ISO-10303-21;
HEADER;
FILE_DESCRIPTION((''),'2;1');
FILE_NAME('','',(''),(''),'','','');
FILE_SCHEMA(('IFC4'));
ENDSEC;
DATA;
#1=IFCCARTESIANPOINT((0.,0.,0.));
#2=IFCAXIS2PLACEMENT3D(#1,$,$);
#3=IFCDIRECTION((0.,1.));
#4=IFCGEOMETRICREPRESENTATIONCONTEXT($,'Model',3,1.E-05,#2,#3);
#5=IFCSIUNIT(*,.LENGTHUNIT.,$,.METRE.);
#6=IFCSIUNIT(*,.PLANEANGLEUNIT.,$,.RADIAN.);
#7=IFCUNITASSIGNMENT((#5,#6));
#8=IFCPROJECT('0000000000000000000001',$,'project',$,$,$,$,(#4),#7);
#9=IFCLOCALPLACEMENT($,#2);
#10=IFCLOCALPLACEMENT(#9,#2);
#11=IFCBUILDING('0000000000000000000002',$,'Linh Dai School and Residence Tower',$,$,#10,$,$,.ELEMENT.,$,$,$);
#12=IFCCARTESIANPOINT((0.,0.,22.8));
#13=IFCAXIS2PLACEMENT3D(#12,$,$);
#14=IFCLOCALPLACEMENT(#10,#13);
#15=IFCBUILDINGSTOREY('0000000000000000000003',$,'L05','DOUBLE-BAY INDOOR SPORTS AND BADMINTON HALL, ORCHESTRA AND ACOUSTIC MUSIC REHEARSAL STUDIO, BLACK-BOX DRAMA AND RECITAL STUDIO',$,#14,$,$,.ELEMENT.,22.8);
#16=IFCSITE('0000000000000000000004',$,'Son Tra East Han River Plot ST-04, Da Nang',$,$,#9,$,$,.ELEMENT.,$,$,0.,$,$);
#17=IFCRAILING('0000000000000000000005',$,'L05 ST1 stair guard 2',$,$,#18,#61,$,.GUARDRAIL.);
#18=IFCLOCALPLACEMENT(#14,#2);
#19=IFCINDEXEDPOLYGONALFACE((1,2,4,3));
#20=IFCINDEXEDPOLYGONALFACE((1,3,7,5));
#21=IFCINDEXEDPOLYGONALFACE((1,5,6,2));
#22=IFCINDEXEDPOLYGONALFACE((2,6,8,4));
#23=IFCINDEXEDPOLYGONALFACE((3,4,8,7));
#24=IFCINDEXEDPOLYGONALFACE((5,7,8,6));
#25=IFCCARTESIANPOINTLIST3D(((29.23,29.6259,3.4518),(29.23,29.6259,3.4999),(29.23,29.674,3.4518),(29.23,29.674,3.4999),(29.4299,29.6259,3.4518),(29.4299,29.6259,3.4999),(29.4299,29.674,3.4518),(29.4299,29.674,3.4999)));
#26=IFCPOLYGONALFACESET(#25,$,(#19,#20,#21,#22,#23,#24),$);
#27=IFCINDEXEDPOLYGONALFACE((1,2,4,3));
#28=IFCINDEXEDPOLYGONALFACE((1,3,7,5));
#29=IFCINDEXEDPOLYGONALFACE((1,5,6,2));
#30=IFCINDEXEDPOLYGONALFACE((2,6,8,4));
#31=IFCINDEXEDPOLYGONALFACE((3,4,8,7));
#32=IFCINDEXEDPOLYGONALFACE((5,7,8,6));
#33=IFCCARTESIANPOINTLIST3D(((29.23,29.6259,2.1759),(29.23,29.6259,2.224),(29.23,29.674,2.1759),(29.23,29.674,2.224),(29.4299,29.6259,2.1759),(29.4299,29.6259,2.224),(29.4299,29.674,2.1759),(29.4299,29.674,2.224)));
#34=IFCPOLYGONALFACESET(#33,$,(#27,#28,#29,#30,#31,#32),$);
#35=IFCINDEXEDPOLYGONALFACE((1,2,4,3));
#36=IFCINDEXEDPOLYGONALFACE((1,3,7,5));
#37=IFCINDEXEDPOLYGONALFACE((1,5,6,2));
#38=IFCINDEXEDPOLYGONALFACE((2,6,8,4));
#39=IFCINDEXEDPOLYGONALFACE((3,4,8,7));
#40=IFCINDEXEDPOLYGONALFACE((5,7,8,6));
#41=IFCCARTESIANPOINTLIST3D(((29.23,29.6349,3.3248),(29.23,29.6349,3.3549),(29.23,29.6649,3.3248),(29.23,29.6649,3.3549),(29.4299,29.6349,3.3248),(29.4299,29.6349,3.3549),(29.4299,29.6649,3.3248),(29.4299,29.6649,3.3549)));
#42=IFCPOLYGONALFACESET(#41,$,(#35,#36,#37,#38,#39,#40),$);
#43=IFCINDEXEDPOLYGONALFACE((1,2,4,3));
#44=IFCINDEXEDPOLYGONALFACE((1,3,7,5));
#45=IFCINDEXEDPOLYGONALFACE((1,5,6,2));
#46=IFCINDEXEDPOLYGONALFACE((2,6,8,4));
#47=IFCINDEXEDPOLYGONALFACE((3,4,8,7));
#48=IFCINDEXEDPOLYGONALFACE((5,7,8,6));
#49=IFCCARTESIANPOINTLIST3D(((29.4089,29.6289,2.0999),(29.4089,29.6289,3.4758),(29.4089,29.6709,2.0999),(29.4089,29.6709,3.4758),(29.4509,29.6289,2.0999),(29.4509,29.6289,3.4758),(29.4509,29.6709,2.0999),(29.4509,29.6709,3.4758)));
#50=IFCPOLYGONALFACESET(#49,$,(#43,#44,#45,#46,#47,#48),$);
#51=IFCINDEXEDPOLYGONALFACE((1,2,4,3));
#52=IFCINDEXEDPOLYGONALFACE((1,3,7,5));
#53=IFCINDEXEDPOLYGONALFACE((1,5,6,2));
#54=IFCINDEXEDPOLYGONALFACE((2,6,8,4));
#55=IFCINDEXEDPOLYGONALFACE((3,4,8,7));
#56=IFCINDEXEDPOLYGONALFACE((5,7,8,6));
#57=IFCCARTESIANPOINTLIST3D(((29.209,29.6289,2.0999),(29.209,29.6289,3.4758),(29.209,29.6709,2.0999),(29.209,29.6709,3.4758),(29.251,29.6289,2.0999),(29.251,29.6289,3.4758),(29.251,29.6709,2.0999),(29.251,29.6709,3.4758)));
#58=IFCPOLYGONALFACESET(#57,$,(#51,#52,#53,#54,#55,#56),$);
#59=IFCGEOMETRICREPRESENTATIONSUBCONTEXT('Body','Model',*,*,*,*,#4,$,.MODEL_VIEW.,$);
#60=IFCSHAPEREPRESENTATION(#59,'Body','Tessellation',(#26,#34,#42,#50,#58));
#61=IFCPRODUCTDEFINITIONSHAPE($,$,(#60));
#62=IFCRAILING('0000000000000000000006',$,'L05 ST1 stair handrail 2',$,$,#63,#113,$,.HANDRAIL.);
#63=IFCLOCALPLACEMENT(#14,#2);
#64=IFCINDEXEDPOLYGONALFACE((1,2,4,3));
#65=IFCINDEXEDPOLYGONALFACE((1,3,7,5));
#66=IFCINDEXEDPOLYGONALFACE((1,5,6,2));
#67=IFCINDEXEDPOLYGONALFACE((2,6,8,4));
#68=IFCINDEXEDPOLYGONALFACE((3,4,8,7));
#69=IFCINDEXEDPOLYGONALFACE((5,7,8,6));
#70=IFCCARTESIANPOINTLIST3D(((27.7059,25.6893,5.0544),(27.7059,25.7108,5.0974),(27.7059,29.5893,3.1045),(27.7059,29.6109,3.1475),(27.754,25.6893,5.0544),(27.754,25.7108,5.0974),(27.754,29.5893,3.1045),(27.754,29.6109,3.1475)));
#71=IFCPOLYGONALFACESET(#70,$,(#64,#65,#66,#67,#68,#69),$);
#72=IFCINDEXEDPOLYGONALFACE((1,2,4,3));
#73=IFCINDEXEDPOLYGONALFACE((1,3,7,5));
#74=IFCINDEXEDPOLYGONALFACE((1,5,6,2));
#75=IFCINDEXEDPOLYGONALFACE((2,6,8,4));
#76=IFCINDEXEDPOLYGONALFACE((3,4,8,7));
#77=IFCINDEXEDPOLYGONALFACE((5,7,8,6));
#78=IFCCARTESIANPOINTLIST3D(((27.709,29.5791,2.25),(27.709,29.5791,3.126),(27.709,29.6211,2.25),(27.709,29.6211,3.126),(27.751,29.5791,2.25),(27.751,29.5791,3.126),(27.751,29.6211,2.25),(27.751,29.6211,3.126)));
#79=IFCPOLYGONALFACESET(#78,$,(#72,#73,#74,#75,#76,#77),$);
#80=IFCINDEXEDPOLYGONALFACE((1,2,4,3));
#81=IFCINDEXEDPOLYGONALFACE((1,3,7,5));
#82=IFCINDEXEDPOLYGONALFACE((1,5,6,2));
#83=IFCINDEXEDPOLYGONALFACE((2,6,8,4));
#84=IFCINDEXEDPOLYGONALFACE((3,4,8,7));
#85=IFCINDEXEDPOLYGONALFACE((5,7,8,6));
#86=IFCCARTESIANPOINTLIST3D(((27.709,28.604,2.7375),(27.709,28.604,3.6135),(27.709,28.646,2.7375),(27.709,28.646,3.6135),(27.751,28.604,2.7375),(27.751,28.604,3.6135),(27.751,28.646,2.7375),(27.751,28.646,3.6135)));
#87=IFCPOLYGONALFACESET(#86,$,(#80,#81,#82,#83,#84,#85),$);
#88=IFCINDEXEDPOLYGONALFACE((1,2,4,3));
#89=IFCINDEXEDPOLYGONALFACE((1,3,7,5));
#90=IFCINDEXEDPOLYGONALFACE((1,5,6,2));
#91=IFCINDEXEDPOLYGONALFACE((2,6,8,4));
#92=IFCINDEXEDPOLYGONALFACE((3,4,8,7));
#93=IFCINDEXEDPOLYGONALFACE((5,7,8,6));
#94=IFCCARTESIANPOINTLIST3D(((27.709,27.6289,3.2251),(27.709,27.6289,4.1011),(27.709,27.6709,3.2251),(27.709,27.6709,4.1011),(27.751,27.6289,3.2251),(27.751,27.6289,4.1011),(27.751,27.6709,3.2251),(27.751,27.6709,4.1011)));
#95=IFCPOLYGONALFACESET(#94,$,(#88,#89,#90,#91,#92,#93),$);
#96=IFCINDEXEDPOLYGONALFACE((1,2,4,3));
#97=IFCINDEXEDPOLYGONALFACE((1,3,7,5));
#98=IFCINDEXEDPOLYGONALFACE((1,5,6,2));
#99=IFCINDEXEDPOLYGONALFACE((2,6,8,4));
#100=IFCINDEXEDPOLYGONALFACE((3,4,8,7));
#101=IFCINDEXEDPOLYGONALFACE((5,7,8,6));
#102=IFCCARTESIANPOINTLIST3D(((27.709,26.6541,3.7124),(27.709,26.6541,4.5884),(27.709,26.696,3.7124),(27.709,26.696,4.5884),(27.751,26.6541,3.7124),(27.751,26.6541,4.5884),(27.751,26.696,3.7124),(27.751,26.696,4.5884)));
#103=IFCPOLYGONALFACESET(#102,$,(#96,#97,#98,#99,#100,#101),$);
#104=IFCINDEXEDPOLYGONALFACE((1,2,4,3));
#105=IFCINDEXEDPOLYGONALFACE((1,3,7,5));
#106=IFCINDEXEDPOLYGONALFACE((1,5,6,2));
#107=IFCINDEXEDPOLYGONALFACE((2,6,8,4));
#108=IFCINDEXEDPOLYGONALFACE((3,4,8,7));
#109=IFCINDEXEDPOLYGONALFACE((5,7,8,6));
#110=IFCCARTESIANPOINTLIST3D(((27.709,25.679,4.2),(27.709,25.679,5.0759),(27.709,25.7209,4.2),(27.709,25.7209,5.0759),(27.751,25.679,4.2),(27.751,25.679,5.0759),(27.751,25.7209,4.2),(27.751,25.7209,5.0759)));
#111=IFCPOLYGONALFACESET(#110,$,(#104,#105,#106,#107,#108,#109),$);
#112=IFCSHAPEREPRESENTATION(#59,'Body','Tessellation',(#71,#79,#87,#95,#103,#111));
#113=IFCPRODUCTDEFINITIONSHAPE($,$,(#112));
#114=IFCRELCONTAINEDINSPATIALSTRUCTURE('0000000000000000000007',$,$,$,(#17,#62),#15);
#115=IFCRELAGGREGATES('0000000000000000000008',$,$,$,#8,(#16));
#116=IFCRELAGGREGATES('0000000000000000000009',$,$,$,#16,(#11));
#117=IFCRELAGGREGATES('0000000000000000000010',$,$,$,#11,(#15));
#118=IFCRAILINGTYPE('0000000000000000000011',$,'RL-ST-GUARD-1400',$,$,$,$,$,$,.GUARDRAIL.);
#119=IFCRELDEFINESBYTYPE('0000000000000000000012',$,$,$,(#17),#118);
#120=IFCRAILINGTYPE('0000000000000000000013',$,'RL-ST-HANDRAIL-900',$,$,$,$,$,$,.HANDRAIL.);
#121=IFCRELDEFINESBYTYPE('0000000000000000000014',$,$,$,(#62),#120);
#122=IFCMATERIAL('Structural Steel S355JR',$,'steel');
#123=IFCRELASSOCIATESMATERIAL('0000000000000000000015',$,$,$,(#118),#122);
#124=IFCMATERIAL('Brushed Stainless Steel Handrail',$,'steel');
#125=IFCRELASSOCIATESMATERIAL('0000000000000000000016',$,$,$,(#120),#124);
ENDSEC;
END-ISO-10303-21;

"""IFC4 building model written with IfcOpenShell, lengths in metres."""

from ifc_helpers import new_model, si_unit, direction, frame, origin, origin_2d, place, context, subcontext, project, spatial, rectangle, extrude, source, transform, mapped, material, type_object, element, save


model = new_model("IFC4")

# Units and contexts
model_context = context("Model", 3, precision=1e-05, world=origin(), true_north=direction((0.0, 1.0)))
body_context = subcontext(model_context, "Body", "Model", "MODEL_VIEW")
ifc_project = project(units=[si_unit("LENGTHUNIT", "METRE"), si_unit("PLANEANGLEUNIT", "RADIAN")], contexts=[model_context])

# Site, building, storey
site_placement = place(None, origin())
site = spatial("IfcSite", under=ifc_project, at=site_placement, Name="Son Tra East Han River Plot ST-04, Da Nang", CompositionType="ELEMENT", RefElevation=0.0)
building_placement = place(site_placement, origin())
building = spatial("IfcBuilding", under=site, at=building_placement, Name="Linh Dai School and Residence Tower", CompositionType="ELEMENT")
storey_placement = place(building_placement, frame((0.0, 0.0, 22.8)))
storey = spatial("IfcBuildingStorey", under=building, at=storey_placement, Name="L05", Description="DOUBLE-BAY INDOOR SPORTS AND BADMINTON HALL, ORCHESTRA AND ACOUSTIC MUSIC REHEARSAL STUDIO, BLACK-BOX DRAMA AND RECITAL STUDIO", CompositionType="ELEMENT", Elevation=22.8)

# Shared definitions
ifc_material_1 = material(Name="Structural Steel S355JR", Category="steel")

# Railings
railing_type_1 = type_object("IfcRailingType", Name="RL-ST-GUARD-1400", PredefinedType="GUARDRAIL", material=ifc_material_1)
shared_shape_1 = source(origin(), body_context, "Body", "SweptSolid", [
    extrude(rectangle(XDim=0.0481, YDim=0.0481, at=origin_2d()), frame((0.0, 0.0, 1.376), z_axis=(-1.0, 0.0, 0.0), x_axis=(0.0, -1.0, 0.0)), (0.0, 0.0, 1.0), 0.2),
    extrude(rectangle(XDim=0.0481, YDim=0.0481, at=origin_2d()), frame((0.0, 0.0, 0.1001), z_axis=(-1.0, 0.0, 0.0), x_axis=(0.0, -1.0, 0.0)), (0.0, 0.0, 1.0), 0.2),
    extrude(rectangle(XDim=0.03, YDim=0.03, at=origin_2d()), frame((0.0, 0.0, 1.24), z_axis=(-1.0, 0.0, 0.0), x_axis=(0.0, -1.0, 0.0)), (0.0, 0.0, 1.0), 0.2),
    extrude(rectangle(XDim=0.042, YDim=0.042, at=origin_2d()), origin(), (0.0, 0.0, 1.0), 1.376),
    extrude(rectangle(XDim=0.042, YDim=0.042, at=origin_2d()), frame((-0.2, 0.0, 0.0)), (0.0, 0.0, 1.0), 1.376),
])
railing_1_placement = place(storey_placement, frame((29.4299, 29.6499, 2.0999)))
element("IfcRailing", 1, at=railing_1_placement, inside=storey, type_object=railing_type_1, Name="L05 ST1 stair guard 2", PredefinedType="GUARDRAIL", context=body_context, shape_type="MappedRepresentation", body=[
    mapped(shared_shape_1, transform((0.0, 0.0, 0.0), x_axis=(1.0, 0.0, 0.0), y_axis=(0.0, 1.0, 0.0), z_axis=(0.0, 0.0, 1.0), scale=1.0)),
])
ifc_material_2 = material(Name="Brushed Stainless Steel Handrail", Category="steel")
railing_type_2 = type_object("IfcRailingType", Name="RL-ST-HANDRAIL-900", PredefinedType="HANDRAIL", material=ifc_material_2)
shared_shape_2 = source(origin(), body_context, "Body", "SweptSolid", [
    extrude(rectangle(XDim=0.0481, YDim=0.0481, at=origin_2d()), frame((0.0, 0.0, 0.876), z_axis=(0.0, -0.894438, 0.447191), x_axis=(1.0, 0.0, 0.0)), (0.0, 0.0, 1.0), 4.3604),
    extrude(rectangle(XDim=0.042, YDim=0.042, at=origin_2d()), origin(), (0.0, 0.0, 1.0), 0.876),
    extrude(rectangle(XDim=0.042, YDim=0.042, at=origin_2d()), frame((0.0, -0.9751, 0.4875)), (0.0, 0.0, 1.0), 0.876),
    extrude(rectangle(XDim=0.042, YDim=0.042, at=origin_2d()), frame((0.0, -1.9502, 0.9751)), (0.0, 0.0, 1.0), 0.876),
    extrude(rectangle(XDim=0.042, YDim=0.042, at=origin_2d()), frame((0.0, -2.925, 1.4624)), (0.0, 0.0, 1.0), 0.876),
    extrude(rectangle(XDim=0.042, YDim=0.042, at=origin_2d()), frame((0.0, -3.9001, 1.95)), (0.0, 0.0, 1.0), 0.876),
])
railing_2_placement = place(storey_placement, frame((27.73, 29.6001, 2.25)))
element("IfcRailing", 2, at=railing_2_placement, inside=storey, type_object=railing_type_2, Name="L05 ST1 stair handrail 2", PredefinedType="HANDRAIL", context=body_context, shape_type="MappedRepresentation", body=[
    mapped(shared_shape_2, transform((0.0, 0.0, 0.0), x_axis=(1.0, 0.0, 0.0), y_axis=(0.0, 1.0, 0.0), z_axis=(0.0, 0.0, 1.0), scale=1.0)),
])

save(model, "model.ifc")
